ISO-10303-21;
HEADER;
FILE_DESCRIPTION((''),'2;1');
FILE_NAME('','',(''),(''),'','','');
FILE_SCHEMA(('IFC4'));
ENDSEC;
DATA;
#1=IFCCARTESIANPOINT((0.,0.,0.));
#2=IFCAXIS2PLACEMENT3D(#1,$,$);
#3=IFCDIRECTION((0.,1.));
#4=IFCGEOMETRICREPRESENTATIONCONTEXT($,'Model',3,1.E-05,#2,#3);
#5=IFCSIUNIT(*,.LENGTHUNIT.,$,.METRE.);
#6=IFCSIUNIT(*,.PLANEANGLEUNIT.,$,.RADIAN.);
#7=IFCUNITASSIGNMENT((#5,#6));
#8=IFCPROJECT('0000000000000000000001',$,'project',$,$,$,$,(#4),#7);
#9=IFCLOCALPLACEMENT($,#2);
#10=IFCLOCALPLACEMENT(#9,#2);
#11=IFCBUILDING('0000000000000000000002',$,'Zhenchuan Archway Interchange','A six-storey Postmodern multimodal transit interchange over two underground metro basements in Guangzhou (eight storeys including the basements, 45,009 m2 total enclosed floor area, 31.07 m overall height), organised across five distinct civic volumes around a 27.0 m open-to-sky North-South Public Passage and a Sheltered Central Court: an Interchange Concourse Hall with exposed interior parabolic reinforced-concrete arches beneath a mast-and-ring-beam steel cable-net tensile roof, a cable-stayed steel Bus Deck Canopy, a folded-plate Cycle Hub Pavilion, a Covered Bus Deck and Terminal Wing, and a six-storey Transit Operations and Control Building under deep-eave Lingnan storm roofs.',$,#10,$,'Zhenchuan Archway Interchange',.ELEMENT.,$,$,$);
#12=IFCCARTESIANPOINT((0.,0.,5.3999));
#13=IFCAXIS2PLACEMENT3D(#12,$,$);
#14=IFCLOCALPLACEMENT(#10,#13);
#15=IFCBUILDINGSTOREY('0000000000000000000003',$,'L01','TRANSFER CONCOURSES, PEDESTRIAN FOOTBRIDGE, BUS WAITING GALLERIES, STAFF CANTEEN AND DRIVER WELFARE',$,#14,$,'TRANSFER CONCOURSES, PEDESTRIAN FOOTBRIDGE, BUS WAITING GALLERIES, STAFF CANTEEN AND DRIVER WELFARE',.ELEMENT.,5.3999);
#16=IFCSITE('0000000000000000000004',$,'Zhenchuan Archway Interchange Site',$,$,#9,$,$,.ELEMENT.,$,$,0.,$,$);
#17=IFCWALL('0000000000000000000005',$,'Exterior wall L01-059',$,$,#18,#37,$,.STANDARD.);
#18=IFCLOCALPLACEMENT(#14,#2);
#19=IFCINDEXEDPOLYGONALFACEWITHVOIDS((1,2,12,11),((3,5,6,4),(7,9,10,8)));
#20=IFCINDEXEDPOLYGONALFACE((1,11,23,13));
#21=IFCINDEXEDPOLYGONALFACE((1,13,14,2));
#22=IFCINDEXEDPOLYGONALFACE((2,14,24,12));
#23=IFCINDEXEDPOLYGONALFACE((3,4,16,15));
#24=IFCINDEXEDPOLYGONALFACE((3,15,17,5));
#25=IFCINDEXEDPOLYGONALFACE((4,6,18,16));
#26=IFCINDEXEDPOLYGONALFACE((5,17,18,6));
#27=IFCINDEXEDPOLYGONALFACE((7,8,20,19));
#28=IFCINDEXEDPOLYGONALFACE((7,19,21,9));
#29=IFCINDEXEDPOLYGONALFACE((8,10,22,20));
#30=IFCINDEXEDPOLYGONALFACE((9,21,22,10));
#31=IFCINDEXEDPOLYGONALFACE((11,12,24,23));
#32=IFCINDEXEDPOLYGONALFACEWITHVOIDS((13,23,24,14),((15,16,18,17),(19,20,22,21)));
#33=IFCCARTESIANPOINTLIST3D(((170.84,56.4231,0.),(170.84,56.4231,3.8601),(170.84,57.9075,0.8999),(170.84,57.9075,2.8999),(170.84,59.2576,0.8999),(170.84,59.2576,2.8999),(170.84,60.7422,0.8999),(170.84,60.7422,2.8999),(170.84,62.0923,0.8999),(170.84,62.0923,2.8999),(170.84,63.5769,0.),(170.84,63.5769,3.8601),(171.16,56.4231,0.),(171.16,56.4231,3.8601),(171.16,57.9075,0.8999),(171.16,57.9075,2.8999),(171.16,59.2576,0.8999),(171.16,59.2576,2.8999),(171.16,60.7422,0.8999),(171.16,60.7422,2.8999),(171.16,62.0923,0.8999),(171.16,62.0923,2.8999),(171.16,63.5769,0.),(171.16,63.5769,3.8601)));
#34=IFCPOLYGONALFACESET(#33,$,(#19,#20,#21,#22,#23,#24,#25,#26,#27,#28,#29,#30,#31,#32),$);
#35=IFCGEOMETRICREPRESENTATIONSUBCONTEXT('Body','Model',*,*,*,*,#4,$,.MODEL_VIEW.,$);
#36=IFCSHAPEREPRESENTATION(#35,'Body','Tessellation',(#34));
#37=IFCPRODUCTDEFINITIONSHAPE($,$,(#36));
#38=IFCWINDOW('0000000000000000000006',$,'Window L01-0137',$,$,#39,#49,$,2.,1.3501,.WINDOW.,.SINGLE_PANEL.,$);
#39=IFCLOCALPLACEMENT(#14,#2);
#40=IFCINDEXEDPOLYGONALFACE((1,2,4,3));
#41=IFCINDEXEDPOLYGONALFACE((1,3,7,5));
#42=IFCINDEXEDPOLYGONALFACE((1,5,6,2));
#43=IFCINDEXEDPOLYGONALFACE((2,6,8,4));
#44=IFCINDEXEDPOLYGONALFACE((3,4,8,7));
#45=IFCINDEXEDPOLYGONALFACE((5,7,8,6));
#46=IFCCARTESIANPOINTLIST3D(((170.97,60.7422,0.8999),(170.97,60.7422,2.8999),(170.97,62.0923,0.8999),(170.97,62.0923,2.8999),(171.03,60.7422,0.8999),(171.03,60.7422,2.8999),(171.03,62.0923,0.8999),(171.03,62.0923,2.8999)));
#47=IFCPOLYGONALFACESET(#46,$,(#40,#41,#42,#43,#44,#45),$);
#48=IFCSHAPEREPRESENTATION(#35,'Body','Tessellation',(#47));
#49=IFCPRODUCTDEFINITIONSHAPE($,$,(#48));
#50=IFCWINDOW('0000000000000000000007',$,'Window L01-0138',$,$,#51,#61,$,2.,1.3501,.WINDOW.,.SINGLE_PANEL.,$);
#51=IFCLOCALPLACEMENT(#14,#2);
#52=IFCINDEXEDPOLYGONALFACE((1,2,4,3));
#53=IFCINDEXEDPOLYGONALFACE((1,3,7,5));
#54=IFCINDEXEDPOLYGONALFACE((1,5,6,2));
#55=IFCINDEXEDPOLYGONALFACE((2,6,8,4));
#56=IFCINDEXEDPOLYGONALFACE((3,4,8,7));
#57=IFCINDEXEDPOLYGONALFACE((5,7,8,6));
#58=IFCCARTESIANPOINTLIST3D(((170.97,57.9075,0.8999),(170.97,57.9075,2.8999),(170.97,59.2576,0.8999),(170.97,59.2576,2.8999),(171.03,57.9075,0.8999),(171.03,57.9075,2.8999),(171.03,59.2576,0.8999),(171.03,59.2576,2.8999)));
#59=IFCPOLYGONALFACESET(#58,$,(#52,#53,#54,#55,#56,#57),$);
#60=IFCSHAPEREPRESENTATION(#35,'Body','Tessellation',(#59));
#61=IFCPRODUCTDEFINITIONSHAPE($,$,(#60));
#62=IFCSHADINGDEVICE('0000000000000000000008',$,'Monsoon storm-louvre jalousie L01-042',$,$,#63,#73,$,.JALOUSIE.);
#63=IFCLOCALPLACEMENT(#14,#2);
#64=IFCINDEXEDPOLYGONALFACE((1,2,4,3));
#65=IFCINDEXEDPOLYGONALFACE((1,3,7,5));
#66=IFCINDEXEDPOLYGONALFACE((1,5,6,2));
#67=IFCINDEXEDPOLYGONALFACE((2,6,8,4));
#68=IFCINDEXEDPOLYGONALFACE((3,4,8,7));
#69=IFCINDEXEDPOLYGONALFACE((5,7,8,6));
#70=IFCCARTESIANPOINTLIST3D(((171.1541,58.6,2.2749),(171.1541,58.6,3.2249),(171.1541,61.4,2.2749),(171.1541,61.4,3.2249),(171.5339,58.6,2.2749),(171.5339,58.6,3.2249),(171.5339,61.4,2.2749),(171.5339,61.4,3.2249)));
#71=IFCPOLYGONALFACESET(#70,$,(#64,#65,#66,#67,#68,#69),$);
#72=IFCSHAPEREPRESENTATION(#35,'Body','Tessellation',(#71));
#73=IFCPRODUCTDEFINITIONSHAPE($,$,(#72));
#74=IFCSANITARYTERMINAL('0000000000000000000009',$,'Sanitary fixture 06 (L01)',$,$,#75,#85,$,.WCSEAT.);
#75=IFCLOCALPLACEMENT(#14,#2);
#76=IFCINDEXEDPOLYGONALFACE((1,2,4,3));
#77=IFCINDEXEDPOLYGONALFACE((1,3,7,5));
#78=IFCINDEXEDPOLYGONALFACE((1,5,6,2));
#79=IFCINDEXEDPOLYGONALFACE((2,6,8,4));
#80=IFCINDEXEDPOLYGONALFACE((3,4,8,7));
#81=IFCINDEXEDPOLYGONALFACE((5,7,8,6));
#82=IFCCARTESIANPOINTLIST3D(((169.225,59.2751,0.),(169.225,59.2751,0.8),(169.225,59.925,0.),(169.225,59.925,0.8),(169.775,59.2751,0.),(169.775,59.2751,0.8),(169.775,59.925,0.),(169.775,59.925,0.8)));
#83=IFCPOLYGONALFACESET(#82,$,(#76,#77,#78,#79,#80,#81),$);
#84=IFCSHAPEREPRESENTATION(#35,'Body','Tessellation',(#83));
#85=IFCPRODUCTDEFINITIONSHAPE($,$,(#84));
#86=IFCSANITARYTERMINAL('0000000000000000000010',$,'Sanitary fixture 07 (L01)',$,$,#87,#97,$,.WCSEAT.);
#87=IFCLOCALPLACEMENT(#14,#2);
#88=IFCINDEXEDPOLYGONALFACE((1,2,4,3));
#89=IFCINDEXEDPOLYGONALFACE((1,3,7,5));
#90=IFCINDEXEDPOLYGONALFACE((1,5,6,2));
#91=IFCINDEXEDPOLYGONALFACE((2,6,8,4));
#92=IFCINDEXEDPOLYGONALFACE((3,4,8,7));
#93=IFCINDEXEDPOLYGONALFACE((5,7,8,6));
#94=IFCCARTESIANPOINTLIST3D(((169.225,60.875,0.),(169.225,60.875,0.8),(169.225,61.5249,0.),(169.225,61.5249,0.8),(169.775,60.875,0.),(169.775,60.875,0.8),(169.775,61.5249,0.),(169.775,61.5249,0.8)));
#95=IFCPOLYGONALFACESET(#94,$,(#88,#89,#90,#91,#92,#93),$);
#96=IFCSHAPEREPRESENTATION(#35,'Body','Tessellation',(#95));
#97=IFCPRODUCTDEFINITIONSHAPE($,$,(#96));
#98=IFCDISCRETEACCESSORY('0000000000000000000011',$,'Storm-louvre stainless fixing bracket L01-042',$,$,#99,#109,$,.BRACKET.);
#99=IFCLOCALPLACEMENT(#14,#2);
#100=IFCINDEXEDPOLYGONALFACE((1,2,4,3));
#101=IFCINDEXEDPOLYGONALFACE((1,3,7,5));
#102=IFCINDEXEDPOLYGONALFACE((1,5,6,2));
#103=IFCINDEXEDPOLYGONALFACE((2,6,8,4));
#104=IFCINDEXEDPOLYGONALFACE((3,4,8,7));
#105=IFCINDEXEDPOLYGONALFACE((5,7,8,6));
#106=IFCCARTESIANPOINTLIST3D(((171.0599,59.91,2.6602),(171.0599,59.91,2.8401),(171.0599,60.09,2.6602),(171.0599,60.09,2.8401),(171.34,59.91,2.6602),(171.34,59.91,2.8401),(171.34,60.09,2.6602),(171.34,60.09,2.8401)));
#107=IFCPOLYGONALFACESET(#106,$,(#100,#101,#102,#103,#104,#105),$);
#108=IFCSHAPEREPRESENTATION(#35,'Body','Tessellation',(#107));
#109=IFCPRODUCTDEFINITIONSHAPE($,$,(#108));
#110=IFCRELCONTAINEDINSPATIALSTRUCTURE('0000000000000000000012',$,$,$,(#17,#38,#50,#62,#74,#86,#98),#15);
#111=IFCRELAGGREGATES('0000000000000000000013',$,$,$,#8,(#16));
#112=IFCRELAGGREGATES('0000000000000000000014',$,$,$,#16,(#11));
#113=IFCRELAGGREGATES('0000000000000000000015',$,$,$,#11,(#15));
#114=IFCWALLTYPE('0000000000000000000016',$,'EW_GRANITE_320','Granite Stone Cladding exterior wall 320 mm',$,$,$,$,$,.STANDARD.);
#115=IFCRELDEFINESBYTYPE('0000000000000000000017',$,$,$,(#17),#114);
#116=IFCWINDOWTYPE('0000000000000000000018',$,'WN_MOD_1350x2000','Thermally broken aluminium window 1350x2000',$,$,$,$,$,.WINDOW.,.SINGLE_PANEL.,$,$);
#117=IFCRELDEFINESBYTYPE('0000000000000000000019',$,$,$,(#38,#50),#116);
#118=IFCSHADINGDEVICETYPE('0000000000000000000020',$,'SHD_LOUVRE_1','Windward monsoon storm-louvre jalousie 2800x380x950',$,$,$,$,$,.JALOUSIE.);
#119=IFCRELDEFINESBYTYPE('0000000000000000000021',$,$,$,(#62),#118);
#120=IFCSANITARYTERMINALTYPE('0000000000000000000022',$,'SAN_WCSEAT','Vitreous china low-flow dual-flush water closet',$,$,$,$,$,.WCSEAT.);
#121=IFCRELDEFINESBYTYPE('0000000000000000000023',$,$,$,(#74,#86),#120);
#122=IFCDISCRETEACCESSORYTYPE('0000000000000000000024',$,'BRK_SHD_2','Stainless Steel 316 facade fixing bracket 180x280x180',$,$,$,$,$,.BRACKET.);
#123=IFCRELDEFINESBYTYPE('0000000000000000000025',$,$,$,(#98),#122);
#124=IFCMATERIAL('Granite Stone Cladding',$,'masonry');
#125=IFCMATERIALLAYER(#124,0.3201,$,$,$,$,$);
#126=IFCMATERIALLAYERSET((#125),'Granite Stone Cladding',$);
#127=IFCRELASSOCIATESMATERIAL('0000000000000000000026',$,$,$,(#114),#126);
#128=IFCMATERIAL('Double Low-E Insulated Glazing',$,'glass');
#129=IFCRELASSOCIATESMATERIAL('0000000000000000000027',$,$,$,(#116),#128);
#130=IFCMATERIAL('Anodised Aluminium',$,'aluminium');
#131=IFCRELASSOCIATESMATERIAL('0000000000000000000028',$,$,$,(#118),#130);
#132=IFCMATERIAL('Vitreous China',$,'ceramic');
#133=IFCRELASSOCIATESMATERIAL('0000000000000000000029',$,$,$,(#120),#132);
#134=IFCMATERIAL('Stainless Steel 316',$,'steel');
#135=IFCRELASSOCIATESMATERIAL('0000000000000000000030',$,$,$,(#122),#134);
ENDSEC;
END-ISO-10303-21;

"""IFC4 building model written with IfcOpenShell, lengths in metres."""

from ifc_helpers import new_model, si_unit, direction, frame, frame_2d, origin, origin_2d, place, context, subcontext, project, spatial, rectangle, extrude, material, layer, layer_set, type_object, element, fill, save


model = new_model("IFC4")

# Units and contexts
model_context = context("Model", 3, precision=1e-05, world=origin(), true_north=direction((0.0, 1.0)))
body_context = subcontext(model_context, "Body", "Model", "MODEL_VIEW")
ifc_project = project(units=[si_unit("LENGTHUNIT", "METRE"), si_unit("PLANEANGLEUNIT", "RADIAN")], contexts=[model_context])

# Site, building, storey
site_placement = place(None, origin())
site = spatial("IfcSite", under=ifc_project, at=site_placement, Name="Zhenchuan Archway Interchange Site", CompositionType="ELEMENT", RefElevation=0.0)
building_placement = place(site_placement, origin())
building = spatial("IfcBuilding", under=site, at=building_placement, Name="Zhenchuan Archway Interchange", Description="A six-storey Postmodern multimodal transit interchange over two underground metro basements in Guangzhou (eight storeys including the basements, 45,009 m2 total enclosed floor area, 31.07 m overall height), organised across five distinct civic volumes around a 27.0 m open-to-sky North-South Public Passage and a Sheltered Central Court: an Interchange Concourse Hall with exposed interior parabolic reinforced-concrete arches beneath a mast-and-ring-beam steel cable-net tensile roof, a cable-stayed steel Bus Deck Canopy, a folded-plate Cycle Hub Pavilion, a Covered Bus Deck and Terminal Wing, and a six-storey Transit Operations and Control Building under deep-eave Lingnan storm roofs.", LongName="Zhenchuan Archway Interchange", CompositionType="ELEMENT")
storey_placement = place(building_placement, frame((0.0, 0.0, 5.3999)))
storey = spatial("IfcBuildingStorey", under=building, at=storey_placement, Name="L01", Description="TRANSFER CONCOURSES, PEDESTRIAN FOOTBRIDGE, BUS WAITING GALLERIES, STAFF CANTEEN AND DRIVER WELFARE", LongName="TRANSFER CONCOURSES, PEDESTRIAN FOOTBRIDGE, BUS WAITING GALLERIES, STAFF CANTEEN AND DRIVER WELFARE", CompositionType="ELEMENT", Elevation=5.3999)

# Shared definitions
ifc_material_1 = material(Name="Anodised Aluminium", Category="aluminium")

# Shared definitions
ifc_material_2 = material(Name="Double Low-E Insulated Glazing", Category="glass")

# Wall, openings, windows
ifc_material_3 = material(Name="Granite Stone Cladding", Category="masonry")
ifc_layer_1 = layer(ifc_material_3, 0.3201)
ifc_layer_set_1 = layer_set([ifc_layer_1], Name="Granite Stone Cladding")
wall_type = type_object("IfcWallType", Name="EW_GRANITE_320", Description="Granite Stone Cladding exterior wall 320 mm", PredefinedType="STANDARD", material=ifc_layer_set_1)
wall_placement = place(storey_placement, frame((171.0, 63.5769, 0.0), z_axis=(0.0, 0.0, 1.0), x_axis=(0.0, -1.0, 0.0)))
wall = element("IfcWall", 1, at=wall_placement, inside=storey, type_object=wall_type, Name="Exterior wall L01-059", PredefinedType="STANDARD", context=body_context, shape_type="SweptSolid", body=[
    extrude(rectangle(XDim=7.1538, YDim=0.3201, at=frame_2d((3.5769, 0.0))), origin(), (0.0, 0.0, 1.0), 3.8601),
])
opening_1_placement = place(wall_placement, frame((1.4846, 0.0, 0.8999)))
opening_1 = element("IfcOpeningElement", 2, at=opening_1_placement, cuts=wall, PredefinedType="OPENING", context=body_context, shape_type="SweptSolid", body=[
    extrude(rectangle(XDim=1.3501, YDim=2.0, at=frame_2d((0.675, 1.0))), frame((0.0, 0.1719, 0.0), z_axis=(0.0, -1.0, 0.0), x_axis=(1.0, 0.0, 0.0)), (0.0, 0.0, 1.0), 0.344),
])
opening_2_placement = place(wall_placement, frame((4.3193, 0.0, 0.8999)))
opening_2 = element("IfcOpeningElement", 3, at=opening_2_placement, cuts=wall, PredefinedType="OPENING", context=body_context, shape_type="SweptSolid", body=[
    extrude(rectangle(XDim=1.3501, YDim=2.0, at=frame_2d((0.675, 1.0))), frame((0.0, 0.1719, 0.0), z_axis=(0.0, -1.0, 0.0), x_axis=(1.0, 0.0, 0.0)), (0.0, 0.0, 1.0), 0.344),
])
window_type = type_object("IfcWindowType", Name="WN_MOD_1350x2000", Description="Thermally broken aluminium window 1350x2000", PartitioningType="SINGLE_PANEL", PredefinedType="WINDOW", material=ifc_material_2)
window_1_placement = place(opening_1_placement, origin())
window_1 = element("IfcWindow", 4, at=window_1_placement, inside=storey, type_object=window_type, Name="Window L01-0137", OverallHeight=2.0, OverallWidth=1.3501, PartitioningType="SINGLE_PANEL", PredefinedType="WINDOW", context=body_context, shape_type="SweptSolid", body=[
    extrude(rectangle(XDim=1.3501, YDim=2.0, at=frame_2d((0.675, 1.0))), frame((0.0, 0.03, 0.0), z_axis=(0.0, -1.0, 0.0), x_axis=(1.0, 0.0, 0.0)), (0.0, 0.0, 1.0), 0.0601),
])
fill(opening_1, window_1)
window_2_placement = place(opening_2_placement, origin())
window_2 = element("IfcWindow", 5, at=window_2_placement, inside=storey, type_object=window_type, Name="Window L01-0138", OverallHeight=2.0, OverallWidth=1.3501, PartitioningType="SINGLE_PANEL", PredefinedType="WINDOW", context=body_context, shape_type="SweptSolid", body=[
    extrude(rectangle(XDim=1.3501, YDim=2.0, at=frame_2d((0.675, 1.0))), frame((0.0, 0.03, 0.0), z_axis=(0.0, -1.0, 0.0), x_axis=(1.0, 0.0, 0.0)), (0.0, 0.0, 1.0), 0.0601),
])
fill(opening_2, window_2)

# Shading device
shading_device_type = type_object("IfcShadingDeviceType", Name="SHD_LOUVRE_1", Description="Windward monsoon storm-louvre jalousie 2800x380x950", PredefinedType="JALOUSIE", material=ifc_material_1)
shading_device_placement = place(storey_placement, frame((171.344, 60.0, 2.2749), z_axis=(0.0, 0.0, 1.0), x_axis=(0.0, -1.0, 0.0)))
element("IfcShadingDevice", 6, at=shading_device_placement, inside=storey, type_object=shading_device_type, Name="Monsoon storm-louvre jalousie L01-042", PredefinedType="JALOUSIE", context=body_context, shape_type="SweptSolid", body=[
    extrude(rectangle(XDim=2.8, YDim=0.3799, at=origin_2d()), origin(), (0.0, 0.0, 1.0), 0.95),
])

# Sanitary terminals
ifc_material_4 = material(Name="Vitreous China", Category="ceramic")
sanitary_terminal_type = type_object("IfcSanitaryTerminalType", Name="SAN_WCSEAT", Description="Vitreous china low-flow dual-flush water closet", PredefinedType="WCSEAT", material=ifc_material_4)
for number, where, z_axis, x_axis, name in (
    (7, (169.5, 59.6001, 0.0), (0.0, 0.0, 1.0), (1.0, 0.0, 0.0), "Sanitary fixture 06 (L01)"),
    (8, (169.5, 61.2, 0.0), (0.0, 0.0, 1.0), (1.0, 0.0, 0.0), "Sanitary fixture 07 (L01)"),
):
    element("IfcSanitaryTerminal", number, at=place(storey_placement, frame(where, z_axis=z_axis, x_axis=x_axis)), inside=storey, type_object=sanitary_terminal_type, Name=name, PredefinedType="WCSEAT", context=body_context, shape_type="SweptSolid", body=[
        extrude(rectangle(XDim=0.55, YDim=0.6499, at=origin_2d()), origin(), (0.0, 0.0, 1.0), 0.8),
    ])

# Discrete accessory
ifc_material_5 = material(Name="Stainless Steel 316", Category="steel")
discrete_accessory_type = type_object("IfcDiscreteAccessoryType", Name="BRK_SHD_2", Description="Stainless Steel 316 facade fixing bracket 180x280x180", PredefinedType="BRACKET", material=ifc_material_5)
discrete_accessory_placement = place(storey_placement, frame((171.2, 60.0, 2.6602), z_axis=(0.0, 0.0, 1.0), x_axis=(0.0, -1.0, 0.0)))
element("IfcDiscreteAccessory", 9, at=discrete_accessory_placement, inside=storey, type_object=discrete_accessory_type, Name="Storm-louvre stainless fixing bracket L01-042", PredefinedType="BRACKET", context=body_context, shape_type="SweptSolid", body=[
    extrude(rectangle(XDim=0.1799, YDim=0.28, at=origin_2d()), origin(), (0.0, 0.0, 1.0), 0.1799),
])

save(model, "model.ifc")
